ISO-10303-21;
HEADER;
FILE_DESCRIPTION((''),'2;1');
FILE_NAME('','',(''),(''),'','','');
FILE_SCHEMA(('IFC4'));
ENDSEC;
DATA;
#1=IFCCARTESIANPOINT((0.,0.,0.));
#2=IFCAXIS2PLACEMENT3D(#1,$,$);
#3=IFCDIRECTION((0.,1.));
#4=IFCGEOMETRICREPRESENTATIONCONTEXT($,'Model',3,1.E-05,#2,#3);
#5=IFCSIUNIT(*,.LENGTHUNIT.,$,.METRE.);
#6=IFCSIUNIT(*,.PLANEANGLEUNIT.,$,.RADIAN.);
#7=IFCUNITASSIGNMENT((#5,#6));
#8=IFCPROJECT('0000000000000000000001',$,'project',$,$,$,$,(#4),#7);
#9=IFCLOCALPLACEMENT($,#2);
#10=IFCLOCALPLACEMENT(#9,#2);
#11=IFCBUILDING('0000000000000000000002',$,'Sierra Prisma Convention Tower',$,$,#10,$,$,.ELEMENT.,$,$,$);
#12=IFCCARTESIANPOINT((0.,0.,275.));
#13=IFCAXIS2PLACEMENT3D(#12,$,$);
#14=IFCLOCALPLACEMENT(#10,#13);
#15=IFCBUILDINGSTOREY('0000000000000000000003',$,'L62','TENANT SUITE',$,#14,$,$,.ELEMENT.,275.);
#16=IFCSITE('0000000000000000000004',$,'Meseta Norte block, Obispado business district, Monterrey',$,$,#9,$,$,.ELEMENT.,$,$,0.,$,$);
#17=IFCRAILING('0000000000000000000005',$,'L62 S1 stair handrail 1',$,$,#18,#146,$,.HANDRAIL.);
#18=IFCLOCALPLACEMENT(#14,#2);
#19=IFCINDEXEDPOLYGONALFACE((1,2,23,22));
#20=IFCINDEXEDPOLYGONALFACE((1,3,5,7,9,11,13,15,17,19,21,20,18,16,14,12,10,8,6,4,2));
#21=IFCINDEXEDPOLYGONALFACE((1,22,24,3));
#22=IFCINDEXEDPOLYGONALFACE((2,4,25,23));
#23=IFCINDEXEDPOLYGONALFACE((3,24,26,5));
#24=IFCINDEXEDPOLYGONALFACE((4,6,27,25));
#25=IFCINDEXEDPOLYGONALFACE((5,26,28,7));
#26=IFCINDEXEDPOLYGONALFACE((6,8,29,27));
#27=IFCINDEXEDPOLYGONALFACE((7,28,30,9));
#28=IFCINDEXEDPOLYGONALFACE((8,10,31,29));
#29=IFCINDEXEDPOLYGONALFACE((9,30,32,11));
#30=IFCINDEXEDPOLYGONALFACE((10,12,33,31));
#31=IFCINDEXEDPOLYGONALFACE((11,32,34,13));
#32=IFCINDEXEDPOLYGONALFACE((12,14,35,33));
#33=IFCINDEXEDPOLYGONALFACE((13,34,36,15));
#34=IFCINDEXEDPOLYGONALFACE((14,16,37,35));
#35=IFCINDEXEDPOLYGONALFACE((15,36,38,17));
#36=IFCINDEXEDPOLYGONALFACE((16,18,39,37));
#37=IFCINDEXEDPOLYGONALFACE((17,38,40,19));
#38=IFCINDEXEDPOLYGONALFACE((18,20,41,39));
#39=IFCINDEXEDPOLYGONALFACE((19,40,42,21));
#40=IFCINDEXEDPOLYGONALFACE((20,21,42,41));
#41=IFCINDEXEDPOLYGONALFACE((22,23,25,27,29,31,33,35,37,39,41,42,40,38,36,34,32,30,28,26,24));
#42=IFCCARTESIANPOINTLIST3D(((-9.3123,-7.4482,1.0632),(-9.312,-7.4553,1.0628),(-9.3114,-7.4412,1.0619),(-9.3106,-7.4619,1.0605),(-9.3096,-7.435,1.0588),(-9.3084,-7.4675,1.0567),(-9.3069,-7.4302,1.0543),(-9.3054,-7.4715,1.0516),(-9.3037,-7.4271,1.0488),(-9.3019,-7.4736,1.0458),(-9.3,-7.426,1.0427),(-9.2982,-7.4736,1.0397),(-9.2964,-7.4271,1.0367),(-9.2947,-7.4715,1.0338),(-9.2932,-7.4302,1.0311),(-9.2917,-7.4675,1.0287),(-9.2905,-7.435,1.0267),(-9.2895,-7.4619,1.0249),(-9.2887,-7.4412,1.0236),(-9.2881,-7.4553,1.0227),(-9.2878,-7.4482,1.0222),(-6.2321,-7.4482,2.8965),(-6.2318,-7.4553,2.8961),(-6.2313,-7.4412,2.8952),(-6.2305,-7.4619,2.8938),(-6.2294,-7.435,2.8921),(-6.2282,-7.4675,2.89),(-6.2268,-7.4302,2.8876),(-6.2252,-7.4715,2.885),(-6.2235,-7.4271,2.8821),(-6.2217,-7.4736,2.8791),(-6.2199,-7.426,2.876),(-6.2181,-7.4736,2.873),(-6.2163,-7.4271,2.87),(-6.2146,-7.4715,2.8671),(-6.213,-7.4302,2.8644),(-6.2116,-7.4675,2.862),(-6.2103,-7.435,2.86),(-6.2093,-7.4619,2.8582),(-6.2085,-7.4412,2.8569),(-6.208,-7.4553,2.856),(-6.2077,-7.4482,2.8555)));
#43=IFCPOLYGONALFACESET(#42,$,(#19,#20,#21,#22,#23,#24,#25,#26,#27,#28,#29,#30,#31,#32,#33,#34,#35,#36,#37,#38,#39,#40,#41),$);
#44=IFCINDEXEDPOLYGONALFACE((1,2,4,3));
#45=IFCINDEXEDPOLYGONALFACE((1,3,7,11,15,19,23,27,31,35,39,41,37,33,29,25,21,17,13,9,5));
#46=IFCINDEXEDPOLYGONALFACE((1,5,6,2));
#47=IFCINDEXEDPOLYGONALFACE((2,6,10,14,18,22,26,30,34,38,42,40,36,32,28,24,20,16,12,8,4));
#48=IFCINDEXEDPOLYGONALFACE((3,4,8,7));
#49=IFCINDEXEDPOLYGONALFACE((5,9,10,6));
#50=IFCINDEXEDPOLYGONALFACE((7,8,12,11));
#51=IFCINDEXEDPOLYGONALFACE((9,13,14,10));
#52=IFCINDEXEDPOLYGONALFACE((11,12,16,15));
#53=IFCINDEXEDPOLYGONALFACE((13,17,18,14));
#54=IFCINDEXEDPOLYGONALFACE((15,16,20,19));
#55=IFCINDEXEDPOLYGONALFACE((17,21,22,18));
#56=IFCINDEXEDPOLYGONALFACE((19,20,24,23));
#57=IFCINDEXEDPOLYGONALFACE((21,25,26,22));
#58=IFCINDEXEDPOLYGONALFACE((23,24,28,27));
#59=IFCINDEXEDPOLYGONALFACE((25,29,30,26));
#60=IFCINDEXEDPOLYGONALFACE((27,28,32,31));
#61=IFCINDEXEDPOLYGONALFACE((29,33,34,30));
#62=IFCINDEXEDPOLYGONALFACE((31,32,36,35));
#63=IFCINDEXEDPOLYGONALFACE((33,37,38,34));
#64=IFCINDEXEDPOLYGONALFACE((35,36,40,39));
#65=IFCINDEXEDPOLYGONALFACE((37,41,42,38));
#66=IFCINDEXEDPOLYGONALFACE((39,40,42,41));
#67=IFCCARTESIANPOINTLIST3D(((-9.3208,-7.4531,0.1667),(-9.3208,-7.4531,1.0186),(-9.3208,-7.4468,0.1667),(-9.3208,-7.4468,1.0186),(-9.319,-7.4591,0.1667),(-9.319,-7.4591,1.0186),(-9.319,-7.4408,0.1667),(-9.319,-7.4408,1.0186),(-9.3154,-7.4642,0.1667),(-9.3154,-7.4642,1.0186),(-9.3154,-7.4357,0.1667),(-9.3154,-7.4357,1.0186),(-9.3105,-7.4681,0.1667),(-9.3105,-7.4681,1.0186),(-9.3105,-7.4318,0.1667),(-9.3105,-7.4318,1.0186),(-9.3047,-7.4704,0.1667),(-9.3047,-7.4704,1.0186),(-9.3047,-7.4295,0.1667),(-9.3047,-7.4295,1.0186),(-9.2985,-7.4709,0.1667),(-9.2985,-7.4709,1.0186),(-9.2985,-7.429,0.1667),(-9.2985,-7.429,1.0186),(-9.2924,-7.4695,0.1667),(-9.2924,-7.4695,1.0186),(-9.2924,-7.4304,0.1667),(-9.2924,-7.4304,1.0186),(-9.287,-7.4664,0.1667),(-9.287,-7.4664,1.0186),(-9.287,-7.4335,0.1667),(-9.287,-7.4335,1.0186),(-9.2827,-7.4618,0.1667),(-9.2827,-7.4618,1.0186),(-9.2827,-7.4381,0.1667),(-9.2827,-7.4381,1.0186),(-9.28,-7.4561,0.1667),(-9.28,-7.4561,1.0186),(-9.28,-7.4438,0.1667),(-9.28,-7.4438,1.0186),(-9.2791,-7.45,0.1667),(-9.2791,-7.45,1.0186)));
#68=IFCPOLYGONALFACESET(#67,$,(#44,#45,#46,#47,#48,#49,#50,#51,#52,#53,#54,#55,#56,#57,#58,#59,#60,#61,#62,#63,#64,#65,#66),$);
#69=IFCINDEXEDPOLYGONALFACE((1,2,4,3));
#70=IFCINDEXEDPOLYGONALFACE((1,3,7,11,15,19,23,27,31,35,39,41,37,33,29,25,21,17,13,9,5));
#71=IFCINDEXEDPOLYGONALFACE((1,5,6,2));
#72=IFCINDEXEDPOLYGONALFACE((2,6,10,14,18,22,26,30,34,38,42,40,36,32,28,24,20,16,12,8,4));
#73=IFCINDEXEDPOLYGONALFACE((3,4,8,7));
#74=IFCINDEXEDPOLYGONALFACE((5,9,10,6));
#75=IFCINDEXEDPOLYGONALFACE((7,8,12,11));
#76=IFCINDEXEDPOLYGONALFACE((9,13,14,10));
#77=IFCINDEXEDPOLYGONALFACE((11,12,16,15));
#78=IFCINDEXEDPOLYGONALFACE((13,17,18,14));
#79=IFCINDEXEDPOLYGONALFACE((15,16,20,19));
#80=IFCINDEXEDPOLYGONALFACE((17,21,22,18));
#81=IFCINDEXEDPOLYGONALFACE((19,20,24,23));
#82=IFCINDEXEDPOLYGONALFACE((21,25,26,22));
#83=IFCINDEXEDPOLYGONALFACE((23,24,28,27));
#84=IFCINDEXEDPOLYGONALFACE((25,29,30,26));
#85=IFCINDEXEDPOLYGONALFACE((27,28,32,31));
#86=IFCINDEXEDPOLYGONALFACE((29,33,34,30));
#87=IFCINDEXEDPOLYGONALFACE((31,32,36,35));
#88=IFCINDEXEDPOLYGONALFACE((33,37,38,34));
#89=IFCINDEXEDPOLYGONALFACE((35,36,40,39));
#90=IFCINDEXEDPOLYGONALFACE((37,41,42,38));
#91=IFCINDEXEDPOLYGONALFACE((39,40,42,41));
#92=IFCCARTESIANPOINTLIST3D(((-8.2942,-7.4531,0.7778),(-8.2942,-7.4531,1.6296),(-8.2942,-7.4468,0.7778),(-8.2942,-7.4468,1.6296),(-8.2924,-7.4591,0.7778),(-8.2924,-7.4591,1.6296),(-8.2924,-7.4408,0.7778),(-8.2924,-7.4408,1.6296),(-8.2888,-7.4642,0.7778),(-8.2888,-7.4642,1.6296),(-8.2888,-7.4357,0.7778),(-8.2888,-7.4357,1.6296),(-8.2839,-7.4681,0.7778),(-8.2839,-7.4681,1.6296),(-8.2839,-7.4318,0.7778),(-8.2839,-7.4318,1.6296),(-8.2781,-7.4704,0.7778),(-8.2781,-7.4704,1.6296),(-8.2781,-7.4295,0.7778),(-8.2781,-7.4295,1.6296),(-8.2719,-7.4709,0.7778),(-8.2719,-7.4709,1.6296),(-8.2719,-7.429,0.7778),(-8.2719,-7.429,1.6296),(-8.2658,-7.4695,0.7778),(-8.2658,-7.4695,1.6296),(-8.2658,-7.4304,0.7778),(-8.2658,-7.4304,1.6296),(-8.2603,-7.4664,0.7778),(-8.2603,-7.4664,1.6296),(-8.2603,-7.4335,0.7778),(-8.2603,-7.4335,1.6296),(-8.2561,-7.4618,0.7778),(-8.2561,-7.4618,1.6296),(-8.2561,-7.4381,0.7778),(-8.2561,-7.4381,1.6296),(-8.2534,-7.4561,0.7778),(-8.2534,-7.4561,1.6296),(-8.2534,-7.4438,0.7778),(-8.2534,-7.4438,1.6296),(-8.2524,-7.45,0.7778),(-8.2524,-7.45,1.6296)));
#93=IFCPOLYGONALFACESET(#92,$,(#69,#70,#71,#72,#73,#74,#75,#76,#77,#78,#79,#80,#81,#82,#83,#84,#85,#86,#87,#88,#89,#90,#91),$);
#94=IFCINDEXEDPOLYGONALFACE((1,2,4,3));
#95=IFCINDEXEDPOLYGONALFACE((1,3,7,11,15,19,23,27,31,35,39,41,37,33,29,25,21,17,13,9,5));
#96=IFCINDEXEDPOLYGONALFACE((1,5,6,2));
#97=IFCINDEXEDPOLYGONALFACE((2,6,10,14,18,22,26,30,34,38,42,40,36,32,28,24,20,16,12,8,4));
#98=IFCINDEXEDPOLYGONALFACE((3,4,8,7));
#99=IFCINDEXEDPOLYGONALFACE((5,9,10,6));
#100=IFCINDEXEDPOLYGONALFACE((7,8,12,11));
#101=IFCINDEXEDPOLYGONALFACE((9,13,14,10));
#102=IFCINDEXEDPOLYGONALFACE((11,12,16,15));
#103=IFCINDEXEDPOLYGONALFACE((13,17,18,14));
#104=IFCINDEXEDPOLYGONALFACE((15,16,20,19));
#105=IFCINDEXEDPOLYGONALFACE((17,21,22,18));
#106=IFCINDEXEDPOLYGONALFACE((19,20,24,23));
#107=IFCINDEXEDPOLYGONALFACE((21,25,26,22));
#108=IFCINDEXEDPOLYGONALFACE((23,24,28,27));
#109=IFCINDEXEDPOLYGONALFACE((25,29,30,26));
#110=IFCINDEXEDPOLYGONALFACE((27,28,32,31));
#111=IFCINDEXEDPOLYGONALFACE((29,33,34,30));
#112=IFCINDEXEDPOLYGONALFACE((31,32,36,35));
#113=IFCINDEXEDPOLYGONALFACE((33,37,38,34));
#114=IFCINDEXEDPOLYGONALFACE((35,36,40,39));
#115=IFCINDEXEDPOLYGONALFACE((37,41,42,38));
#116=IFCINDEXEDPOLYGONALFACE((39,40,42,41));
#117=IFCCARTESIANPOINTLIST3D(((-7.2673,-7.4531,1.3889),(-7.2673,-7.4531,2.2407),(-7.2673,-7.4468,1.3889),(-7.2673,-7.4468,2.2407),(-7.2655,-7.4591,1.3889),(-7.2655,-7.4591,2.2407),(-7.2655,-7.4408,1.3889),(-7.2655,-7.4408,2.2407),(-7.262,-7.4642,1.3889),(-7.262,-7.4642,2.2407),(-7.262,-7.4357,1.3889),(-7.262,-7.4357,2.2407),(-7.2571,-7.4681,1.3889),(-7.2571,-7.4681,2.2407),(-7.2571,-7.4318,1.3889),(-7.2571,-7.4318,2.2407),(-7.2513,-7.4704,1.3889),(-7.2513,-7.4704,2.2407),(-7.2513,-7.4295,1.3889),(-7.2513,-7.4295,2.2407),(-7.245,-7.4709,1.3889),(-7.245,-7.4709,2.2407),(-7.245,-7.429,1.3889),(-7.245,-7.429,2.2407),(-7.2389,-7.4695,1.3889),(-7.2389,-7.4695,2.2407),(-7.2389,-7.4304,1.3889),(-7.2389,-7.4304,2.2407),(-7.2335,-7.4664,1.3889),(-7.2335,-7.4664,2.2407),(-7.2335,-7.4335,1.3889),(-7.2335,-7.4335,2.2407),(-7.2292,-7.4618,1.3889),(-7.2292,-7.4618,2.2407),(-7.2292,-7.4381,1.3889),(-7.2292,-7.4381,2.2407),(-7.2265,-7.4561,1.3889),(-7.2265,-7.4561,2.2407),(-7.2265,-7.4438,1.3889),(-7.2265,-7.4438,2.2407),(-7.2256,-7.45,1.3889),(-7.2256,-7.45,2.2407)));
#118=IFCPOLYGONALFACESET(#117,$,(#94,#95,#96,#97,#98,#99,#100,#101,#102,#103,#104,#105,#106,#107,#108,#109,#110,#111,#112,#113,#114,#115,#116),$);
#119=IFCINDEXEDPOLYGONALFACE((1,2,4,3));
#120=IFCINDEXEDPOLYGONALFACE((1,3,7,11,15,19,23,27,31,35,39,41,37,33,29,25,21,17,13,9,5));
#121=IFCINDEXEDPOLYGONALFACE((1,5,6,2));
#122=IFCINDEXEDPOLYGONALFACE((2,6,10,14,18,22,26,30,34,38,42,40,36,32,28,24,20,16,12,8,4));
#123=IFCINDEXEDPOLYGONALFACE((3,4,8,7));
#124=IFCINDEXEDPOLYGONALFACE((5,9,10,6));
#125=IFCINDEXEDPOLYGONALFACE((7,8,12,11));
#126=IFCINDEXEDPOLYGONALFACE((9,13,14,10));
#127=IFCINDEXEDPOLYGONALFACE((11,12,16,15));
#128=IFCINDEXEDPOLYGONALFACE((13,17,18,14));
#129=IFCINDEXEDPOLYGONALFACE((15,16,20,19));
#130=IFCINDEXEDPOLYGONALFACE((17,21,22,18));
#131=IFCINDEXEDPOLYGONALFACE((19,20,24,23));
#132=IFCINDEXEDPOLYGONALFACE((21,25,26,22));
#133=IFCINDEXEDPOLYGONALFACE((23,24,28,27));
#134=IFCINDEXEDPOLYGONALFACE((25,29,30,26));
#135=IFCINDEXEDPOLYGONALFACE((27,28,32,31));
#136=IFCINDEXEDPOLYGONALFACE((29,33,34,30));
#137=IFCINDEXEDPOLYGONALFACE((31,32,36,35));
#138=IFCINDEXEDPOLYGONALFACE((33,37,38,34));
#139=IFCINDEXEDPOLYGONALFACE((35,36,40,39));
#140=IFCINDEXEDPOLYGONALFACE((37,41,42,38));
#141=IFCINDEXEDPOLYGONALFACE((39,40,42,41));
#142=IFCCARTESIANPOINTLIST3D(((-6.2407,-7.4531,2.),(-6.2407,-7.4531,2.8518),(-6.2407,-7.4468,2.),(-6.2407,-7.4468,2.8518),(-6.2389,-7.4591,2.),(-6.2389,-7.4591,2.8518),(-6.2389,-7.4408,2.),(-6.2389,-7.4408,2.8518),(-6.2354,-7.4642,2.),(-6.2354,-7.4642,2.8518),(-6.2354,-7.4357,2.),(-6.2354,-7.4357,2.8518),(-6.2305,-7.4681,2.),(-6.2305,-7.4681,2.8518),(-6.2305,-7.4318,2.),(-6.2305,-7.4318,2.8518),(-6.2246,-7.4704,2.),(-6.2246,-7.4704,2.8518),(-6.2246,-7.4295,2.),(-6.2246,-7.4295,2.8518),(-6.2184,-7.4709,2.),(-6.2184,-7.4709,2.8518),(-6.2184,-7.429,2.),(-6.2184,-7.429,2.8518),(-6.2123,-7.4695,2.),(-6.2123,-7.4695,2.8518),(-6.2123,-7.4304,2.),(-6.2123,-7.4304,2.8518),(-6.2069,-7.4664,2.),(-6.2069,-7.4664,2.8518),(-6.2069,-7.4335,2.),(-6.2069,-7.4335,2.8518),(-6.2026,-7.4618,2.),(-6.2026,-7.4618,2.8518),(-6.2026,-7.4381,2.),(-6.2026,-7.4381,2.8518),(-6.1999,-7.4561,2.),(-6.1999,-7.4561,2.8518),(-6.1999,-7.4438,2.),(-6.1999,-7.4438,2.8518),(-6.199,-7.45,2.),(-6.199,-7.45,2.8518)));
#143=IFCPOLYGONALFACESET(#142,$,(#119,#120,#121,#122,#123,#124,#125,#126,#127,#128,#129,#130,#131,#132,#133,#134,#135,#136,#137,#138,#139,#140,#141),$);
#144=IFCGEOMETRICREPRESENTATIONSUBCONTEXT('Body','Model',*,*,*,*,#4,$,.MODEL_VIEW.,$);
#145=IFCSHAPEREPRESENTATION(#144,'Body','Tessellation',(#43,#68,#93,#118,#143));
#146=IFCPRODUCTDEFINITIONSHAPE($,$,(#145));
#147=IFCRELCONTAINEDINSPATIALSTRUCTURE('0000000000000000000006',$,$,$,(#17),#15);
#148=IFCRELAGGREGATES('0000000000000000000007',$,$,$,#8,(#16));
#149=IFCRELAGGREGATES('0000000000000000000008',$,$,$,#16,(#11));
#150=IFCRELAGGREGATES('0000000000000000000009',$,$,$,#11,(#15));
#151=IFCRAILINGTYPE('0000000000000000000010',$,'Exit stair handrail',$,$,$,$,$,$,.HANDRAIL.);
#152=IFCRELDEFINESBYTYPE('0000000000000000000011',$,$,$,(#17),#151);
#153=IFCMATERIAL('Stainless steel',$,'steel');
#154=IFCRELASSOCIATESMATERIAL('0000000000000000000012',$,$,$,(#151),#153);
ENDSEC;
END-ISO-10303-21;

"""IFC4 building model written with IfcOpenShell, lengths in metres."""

from ifc_helpers import new_model, si_unit, direction, frame, origin, origin_2d, place, context, subcontext, project, spatial, circle, extrude, material, type_object, element, save


model = new_model("IFC4")

# Units and contexts
model_context = context("Model", 3, precision=1e-05, world=origin(), true_north=direction((0.0, 1.0)))
body_context = subcontext(model_context, "Body", "Model", "MODEL_VIEW")
ifc_project = project(units=[si_unit("LENGTHUNIT", "METRE"), si_unit("PLANEANGLEUNIT", "RADIAN")], contexts=[model_context])

# Site, building, storey
site_placement = place(None, origin())
site = spatial("IfcSite", under=ifc_project, at=site_placement, Name="Meseta Norte block, Obispado business district, Monterrey", CompositionType="ELEMENT", RefElevation=0.0)
building_placement = place(site_placement, origin())
building = spatial("IfcBuilding", under=site, at=building_placement, Name="Sierra Prisma Convention Tower", CompositionType="ELEMENT")
storey_placement = place(building_placement, frame((0.0, 0.0, 275.0)))
storey = spatial("IfcBuildingStorey", under=building, at=storey_placement, Name="L62", Description="TENANT SUITE", CompositionType="ELEMENT", Elevation=275.0)

# Railing
ifc_material_1 = material(Name="Stainless steel", Category="steel")
railing_type = type_object("IfcRailingType", Name="Exit stair handrail", PredefinedType="HANDRAIL", material=ifc_material_1)
railing_placement = place(storey_placement, frame((-9.3, -7.45, 0.1667)))
element("IfcRailing", 1, at=railing_placement, inside=storey, type_object=railing_type, Name="L62 S1 stair handrail 1", PredefinedType="HANDRAIL", context=body_context, shape_type="SweptSolid", body=[
    extrude(circle(Radius=0.0239, at=origin_2d()), frame((0.0, 0.0, 0.876), z_axis=(0.859309, 0.0, 0.511458), x_axis=(0.0, 1.0, 0.0)), (0.0, 0.0, 1.0), 3.5845),
    extrude(circle(Radius=0.021, at=origin_2d()), origin(), (0.0, 0.0, 1.0), 0.8518),
    extrude(circle(Radius=0.021, at=origin_2d()), frame((1.0266, 0.0, 0.6111)), (0.0, 0.0, 1.0), 0.8518),
    extrude(circle(Radius=0.021, at=origin_2d()), frame((2.0535, 0.0, 1.2222)), (0.0, 0.0, 1.0), 0.8518),
    extrude(circle(Radius=0.021, at=origin_2d()), frame((3.0801, 0.0, 1.8333)), (0.0, 0.0, 1.0), 0.8518),
])

save(model, "model.ifc")
